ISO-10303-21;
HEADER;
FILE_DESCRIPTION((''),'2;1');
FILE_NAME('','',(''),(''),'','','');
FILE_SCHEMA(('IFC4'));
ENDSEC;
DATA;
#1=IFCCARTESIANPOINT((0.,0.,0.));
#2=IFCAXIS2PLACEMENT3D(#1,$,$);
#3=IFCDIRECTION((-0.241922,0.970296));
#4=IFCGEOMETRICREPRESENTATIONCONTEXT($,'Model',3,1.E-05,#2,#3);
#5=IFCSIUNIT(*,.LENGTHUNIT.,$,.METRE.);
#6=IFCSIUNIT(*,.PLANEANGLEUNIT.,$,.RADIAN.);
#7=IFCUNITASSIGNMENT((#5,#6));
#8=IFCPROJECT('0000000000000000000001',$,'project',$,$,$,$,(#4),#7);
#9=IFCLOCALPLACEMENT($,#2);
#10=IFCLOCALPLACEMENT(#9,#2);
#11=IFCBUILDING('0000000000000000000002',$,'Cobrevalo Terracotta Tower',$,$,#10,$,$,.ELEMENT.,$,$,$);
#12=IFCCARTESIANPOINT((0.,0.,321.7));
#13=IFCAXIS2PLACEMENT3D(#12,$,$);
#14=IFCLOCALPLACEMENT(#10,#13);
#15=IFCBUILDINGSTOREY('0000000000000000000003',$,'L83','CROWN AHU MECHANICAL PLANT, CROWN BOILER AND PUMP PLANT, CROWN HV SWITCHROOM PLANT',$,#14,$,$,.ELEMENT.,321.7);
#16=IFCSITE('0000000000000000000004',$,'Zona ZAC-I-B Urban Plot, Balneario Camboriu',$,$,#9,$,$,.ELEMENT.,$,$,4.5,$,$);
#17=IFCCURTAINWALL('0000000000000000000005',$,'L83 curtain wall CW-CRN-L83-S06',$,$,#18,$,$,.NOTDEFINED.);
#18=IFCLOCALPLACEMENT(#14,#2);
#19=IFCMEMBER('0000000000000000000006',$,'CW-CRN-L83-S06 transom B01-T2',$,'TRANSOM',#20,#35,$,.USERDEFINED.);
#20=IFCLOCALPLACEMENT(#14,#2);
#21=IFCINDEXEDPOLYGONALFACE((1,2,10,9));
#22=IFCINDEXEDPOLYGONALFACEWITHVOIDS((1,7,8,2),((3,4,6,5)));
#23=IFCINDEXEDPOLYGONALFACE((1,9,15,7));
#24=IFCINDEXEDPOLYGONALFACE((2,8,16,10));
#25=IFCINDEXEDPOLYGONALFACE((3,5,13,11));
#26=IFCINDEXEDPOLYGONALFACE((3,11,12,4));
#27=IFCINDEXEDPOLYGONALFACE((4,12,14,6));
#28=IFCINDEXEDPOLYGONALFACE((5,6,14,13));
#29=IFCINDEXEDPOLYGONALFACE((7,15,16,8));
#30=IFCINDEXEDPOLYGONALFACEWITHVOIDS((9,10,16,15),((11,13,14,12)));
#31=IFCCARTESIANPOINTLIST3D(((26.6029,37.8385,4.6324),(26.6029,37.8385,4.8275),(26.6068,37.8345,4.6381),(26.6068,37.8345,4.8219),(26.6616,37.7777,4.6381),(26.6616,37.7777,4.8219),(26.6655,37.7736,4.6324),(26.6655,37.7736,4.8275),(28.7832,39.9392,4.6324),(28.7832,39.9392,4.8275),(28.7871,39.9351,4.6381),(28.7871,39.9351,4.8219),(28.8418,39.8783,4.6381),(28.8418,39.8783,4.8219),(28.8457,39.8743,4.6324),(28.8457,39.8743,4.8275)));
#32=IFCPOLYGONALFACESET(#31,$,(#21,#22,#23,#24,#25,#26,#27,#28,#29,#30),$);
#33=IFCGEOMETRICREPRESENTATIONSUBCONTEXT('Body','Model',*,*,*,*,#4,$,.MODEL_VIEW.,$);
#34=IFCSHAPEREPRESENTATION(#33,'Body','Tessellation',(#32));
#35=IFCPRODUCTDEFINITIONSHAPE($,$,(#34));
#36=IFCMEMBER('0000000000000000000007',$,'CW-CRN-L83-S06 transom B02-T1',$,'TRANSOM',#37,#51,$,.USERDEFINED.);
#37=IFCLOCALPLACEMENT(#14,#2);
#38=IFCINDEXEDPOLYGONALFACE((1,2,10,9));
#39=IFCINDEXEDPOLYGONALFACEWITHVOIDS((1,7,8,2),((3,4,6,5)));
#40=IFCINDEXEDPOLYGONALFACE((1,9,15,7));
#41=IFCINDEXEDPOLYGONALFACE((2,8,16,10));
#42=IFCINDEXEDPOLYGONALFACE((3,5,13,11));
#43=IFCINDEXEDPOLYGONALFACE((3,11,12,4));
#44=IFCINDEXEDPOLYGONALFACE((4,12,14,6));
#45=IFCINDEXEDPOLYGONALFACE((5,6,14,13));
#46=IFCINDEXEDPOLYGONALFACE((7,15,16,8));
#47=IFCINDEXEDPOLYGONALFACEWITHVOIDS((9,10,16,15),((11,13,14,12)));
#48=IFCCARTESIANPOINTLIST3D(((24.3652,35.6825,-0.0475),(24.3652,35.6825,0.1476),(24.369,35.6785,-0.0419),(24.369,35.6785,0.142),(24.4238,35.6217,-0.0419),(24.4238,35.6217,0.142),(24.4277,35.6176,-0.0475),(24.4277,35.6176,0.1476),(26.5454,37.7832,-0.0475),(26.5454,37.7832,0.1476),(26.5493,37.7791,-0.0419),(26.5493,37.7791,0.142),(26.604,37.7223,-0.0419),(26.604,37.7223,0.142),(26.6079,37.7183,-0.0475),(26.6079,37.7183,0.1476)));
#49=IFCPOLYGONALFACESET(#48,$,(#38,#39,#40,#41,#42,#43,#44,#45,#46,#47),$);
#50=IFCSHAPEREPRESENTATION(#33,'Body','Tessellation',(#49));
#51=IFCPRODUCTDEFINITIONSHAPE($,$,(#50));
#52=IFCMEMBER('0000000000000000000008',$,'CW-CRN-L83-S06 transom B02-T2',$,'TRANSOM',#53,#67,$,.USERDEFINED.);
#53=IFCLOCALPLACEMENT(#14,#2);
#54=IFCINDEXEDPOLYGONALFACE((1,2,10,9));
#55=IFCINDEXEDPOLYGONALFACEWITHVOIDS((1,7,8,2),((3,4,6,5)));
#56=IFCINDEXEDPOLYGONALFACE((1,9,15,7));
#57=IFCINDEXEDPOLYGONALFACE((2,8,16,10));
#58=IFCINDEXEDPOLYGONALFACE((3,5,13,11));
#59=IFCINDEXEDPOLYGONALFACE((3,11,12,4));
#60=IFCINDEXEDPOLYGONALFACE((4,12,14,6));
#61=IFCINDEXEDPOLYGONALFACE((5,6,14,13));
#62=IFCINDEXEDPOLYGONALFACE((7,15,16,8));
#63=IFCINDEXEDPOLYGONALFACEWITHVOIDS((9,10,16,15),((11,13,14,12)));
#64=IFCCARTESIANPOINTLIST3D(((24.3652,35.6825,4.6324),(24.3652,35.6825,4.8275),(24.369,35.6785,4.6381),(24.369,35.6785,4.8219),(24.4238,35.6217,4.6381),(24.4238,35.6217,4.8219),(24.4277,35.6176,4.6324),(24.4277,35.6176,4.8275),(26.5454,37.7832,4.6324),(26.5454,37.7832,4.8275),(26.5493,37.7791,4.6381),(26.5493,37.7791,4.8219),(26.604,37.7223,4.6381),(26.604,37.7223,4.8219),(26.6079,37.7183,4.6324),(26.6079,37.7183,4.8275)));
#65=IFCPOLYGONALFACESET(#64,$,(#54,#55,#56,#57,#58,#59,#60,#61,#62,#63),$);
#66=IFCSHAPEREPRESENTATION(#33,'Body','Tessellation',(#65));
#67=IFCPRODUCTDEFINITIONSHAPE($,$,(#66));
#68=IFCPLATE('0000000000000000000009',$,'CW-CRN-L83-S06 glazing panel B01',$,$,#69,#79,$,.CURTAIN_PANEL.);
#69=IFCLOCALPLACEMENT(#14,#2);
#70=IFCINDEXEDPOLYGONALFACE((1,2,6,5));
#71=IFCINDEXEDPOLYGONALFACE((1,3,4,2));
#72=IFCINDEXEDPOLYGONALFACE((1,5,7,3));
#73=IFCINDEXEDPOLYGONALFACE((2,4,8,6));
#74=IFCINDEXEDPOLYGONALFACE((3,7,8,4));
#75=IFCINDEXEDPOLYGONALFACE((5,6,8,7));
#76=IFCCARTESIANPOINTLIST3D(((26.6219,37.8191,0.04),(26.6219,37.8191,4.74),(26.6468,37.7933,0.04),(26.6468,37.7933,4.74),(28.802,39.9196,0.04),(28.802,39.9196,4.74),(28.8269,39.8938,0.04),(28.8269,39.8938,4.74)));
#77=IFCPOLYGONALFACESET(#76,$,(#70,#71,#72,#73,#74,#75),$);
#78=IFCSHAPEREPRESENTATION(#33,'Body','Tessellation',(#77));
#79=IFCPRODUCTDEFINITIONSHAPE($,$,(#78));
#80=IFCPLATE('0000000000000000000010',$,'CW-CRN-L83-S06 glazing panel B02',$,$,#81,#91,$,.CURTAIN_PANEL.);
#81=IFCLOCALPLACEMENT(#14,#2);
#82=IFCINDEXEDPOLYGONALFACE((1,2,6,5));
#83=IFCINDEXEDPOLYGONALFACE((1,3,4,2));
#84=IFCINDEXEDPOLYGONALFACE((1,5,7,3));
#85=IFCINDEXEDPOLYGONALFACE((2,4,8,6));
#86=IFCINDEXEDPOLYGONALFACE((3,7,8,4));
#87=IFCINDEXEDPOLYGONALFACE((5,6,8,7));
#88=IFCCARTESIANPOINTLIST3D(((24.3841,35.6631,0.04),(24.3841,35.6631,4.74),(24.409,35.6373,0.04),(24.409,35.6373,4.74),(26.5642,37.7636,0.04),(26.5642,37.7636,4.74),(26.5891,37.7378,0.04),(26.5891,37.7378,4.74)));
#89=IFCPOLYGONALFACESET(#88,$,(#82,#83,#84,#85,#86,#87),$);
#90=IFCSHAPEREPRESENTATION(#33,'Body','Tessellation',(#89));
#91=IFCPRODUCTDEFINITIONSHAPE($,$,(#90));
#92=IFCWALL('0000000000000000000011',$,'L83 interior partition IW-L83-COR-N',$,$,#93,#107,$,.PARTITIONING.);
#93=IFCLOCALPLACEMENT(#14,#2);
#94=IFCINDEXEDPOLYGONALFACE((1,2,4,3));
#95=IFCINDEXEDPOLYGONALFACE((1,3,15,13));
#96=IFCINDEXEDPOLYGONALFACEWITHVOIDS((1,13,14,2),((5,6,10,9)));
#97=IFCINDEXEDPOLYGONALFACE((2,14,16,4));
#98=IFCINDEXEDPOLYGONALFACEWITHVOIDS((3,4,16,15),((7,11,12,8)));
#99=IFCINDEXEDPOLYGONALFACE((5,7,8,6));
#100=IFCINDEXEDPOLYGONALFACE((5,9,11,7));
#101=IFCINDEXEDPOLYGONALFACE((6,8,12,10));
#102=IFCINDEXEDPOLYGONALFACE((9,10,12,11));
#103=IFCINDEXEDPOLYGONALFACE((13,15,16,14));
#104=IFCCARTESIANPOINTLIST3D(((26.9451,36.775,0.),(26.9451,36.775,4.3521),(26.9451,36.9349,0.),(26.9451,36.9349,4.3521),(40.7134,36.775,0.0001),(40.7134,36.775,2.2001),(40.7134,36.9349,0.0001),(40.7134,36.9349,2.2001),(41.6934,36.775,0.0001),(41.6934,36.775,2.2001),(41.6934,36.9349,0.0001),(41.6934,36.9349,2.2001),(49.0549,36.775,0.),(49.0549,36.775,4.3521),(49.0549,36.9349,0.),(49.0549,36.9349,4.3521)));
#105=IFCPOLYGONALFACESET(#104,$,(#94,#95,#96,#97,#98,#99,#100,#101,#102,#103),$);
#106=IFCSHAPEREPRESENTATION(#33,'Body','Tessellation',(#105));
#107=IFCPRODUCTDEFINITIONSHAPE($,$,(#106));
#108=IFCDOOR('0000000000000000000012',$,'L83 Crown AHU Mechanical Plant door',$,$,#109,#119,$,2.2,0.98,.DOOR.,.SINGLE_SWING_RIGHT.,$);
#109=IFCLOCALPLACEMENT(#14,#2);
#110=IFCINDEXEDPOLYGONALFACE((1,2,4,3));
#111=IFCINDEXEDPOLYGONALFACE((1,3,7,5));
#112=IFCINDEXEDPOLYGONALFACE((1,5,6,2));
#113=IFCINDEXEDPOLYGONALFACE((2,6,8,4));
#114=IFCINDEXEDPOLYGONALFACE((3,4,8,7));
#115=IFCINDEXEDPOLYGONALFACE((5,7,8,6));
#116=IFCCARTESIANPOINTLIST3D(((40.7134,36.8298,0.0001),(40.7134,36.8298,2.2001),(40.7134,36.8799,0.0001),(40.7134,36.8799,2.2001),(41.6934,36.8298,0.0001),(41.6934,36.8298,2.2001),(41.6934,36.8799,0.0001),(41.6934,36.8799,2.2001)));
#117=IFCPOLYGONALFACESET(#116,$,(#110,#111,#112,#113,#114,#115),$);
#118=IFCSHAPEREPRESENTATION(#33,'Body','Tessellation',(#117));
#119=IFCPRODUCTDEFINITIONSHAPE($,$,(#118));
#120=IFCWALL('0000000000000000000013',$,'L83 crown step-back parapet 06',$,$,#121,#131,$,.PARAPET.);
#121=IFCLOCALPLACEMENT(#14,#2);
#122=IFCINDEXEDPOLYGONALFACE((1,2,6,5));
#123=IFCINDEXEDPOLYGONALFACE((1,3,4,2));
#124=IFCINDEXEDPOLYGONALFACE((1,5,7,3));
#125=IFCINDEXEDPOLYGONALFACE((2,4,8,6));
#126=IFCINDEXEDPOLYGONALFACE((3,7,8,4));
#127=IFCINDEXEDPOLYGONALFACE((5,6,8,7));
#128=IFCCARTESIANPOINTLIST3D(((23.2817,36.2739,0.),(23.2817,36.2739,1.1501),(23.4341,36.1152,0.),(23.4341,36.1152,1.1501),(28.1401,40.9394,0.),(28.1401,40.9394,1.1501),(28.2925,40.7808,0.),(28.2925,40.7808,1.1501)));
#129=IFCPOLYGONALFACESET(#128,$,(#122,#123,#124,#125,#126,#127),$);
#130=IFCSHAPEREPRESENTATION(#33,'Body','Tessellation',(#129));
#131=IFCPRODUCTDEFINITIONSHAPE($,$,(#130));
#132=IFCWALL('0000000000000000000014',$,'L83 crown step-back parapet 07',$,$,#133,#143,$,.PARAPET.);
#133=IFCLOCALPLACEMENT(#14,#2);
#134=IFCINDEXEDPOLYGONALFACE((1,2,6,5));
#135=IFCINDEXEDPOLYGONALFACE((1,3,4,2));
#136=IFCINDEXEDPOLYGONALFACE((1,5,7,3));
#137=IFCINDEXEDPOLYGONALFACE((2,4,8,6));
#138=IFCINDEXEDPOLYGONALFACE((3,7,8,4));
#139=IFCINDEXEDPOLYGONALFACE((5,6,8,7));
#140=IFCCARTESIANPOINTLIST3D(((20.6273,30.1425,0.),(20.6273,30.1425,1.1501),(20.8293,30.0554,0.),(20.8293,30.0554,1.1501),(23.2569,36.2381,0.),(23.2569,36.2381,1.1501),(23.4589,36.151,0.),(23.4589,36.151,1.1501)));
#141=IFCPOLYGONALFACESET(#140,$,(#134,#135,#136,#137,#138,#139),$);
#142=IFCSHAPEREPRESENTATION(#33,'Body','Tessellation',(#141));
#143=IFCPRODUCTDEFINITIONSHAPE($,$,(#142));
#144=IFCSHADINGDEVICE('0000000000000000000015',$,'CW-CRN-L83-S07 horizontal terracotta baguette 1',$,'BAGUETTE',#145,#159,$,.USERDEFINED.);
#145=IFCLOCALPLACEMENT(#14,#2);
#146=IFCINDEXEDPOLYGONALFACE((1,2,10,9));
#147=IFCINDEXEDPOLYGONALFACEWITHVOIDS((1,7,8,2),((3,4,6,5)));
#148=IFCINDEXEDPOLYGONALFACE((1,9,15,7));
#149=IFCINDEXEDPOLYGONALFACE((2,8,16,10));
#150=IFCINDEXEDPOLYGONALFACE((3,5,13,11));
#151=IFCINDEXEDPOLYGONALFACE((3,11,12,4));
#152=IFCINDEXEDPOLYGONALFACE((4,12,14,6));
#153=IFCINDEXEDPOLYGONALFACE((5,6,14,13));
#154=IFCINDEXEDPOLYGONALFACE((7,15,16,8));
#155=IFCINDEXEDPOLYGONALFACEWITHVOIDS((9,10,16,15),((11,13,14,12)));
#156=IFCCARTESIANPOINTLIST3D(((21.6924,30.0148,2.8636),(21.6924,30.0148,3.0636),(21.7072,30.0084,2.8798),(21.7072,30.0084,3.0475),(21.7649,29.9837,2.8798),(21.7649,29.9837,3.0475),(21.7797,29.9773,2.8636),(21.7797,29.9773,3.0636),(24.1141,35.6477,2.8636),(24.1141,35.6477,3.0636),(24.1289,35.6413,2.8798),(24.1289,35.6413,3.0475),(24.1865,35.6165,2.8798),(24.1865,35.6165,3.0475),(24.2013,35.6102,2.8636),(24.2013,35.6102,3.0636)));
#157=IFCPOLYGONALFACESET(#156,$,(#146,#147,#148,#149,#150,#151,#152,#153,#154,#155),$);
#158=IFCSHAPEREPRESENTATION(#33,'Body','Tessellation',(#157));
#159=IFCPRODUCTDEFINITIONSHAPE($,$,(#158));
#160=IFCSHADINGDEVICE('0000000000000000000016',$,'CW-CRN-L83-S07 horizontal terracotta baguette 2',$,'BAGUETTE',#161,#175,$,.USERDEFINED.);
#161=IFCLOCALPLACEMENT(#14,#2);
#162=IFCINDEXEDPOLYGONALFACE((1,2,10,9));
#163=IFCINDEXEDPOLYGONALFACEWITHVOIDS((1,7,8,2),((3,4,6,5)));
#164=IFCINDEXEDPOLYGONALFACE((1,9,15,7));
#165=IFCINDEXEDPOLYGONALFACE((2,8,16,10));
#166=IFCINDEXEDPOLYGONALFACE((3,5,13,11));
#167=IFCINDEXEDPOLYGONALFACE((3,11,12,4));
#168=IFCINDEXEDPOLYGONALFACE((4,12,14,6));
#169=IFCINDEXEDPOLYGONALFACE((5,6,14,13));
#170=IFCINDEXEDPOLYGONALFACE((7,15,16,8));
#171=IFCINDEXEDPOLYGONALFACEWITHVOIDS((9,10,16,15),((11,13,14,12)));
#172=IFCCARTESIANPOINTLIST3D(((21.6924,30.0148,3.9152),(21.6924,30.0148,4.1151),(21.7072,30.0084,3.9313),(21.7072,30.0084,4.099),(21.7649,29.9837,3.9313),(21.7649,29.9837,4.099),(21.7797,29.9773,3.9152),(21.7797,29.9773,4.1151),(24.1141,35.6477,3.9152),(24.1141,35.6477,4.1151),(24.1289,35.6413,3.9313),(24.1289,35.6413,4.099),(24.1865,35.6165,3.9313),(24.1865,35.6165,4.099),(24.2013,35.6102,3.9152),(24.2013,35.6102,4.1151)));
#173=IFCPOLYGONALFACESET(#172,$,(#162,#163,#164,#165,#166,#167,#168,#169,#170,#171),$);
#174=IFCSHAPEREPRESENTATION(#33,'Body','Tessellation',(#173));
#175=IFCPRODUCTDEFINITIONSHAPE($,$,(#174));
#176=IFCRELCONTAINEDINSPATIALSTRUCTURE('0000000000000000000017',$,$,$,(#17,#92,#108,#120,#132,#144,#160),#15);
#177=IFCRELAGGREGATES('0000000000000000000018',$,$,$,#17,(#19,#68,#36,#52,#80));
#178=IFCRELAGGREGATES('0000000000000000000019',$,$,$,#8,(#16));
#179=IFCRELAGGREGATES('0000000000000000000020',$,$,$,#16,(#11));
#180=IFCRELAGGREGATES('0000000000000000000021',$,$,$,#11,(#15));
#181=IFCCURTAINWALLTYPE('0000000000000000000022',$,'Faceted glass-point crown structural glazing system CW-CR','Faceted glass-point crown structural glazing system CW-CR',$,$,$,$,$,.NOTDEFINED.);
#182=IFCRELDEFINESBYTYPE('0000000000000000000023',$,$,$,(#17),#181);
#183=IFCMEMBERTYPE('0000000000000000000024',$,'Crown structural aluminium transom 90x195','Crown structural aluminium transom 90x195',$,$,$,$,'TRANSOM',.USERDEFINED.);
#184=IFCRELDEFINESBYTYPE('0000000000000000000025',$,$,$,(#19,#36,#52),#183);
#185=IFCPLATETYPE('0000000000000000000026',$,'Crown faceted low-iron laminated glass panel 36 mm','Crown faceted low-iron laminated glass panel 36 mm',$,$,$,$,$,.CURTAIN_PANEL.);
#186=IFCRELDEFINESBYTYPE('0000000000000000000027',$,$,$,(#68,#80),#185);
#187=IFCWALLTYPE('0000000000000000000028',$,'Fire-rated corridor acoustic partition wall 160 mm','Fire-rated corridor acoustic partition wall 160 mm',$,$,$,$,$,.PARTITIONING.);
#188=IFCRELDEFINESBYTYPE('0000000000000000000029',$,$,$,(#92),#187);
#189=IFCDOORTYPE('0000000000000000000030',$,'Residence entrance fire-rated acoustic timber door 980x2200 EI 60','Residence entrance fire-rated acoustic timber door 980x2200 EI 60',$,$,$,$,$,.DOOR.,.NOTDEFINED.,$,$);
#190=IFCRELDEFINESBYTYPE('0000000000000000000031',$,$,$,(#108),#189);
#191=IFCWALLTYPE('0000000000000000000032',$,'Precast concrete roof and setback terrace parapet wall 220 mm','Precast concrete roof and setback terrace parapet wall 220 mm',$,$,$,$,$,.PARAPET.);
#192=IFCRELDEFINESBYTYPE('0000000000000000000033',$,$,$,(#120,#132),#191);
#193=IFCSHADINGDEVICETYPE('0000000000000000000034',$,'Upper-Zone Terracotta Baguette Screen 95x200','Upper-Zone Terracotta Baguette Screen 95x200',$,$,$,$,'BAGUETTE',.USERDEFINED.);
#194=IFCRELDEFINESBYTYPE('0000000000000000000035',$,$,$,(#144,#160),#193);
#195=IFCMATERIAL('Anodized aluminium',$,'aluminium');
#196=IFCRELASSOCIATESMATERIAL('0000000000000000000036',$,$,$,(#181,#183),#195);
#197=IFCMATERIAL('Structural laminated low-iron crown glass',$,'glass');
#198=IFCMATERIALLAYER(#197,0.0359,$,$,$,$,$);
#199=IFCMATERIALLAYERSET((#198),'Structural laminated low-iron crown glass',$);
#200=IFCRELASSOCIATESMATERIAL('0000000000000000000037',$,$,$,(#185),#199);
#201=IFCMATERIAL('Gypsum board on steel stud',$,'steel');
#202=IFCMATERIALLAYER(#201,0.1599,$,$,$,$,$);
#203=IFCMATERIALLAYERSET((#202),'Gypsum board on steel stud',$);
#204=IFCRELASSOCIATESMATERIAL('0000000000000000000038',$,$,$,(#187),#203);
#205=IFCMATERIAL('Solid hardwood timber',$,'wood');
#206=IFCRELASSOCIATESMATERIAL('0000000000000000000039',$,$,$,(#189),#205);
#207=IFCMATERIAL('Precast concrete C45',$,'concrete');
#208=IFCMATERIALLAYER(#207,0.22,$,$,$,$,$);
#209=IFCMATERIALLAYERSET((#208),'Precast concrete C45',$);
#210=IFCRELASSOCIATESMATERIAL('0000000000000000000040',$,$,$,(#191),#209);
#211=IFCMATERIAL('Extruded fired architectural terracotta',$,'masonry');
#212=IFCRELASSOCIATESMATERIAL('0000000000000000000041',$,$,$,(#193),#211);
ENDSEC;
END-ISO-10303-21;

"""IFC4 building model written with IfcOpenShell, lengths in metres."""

from ifc_helpers import new_model, si_unit, direction, frame, frame_2d, origin, origin_2d, place, context, subcontext, project, spatial, rectangle, hollow_rectangle, extrude, source, transform, mapped, material, layer, layer_set, material_profile, profile_set, type_object, element, fill, aggregate, save


model = new_model("IFC4")

# Units and contexts
model_context = context("Model", 3, precision=1e-05, world=origin(), true_north=direction((-0.241922, 0.970296)))
body_context = subcontext(model_context, "Body", "Model", "MODEL_VIEW")
ifc_project = project(units=[si_unit("LENGTHUNIT", "METRE"), si_unit("PLANEANGLEUNIT", "RADIAN")], contexts=[model_context])

# Site, building, storey
site_placement = place(None, origin())
site = spatial("IfcSite", under=ifc_project, at=site_placement, Name="Zona ZAC-I-B Urban Plot, Balneario Camboriu", CompositionType="ELEMENT", RefElevation=4.5)
building_placement = place(site_placement, origin())
building = spatial("IfcBuilding", under=site, at=building_placement, Name="Cobrevalo Terracotta Tower", CompositionType="ELEMENT")
storey_placement = place(building_placement, frame((0.0, 0.0, 321.7)))
storey = spatial("IfcBuildingStorey", under=building, at=storey_placement, Name="L83", Description="CROWN AHU MECHANICAL PLANT, CROWN BOILER AND PUMP PLANT, CROWN HV SWITCHROOM PLANT", CompositionType="ELEMENT", Elevation=321.7)

# Shared definitions
ifc_material_1 = material(Name="Anodized aluminium", Category="aluminium")
curtain_wall_type = type_object("IfcCurtainWallType", Name="Faceted glass-point crown structural glazing system CW-CR", Description="Faceted glass-point crown structural glazing system CW-CR", PredefinedType="NOTDEFINED", material=ifc_material_1)

# Curtain wall
curtain_wall_1_placement = place(storey_placement, origin())
curtain_wall_1 = element("IfcCurtainWall", 1, at=curtain_wall_1_placement, inside=storey, type_object=curtain_wall_type, Name="L83 curtain wall CW-CRN-L83-S06", PredefinedType="NOTDEFINED")

# Members
ifc_material_profile_1 = material_profile(ifc_material_1, hollow_rectangle(XDim=0.0901, YDim=0.1951, WallThickness=0.0056, at=origin_2d()), Name="CWT 90x195")
ifc_profile_set_1 = profile_set([ifc_material_profile_1], Name="Anodized aluminium")
member_type_1 = type_object("IfcMemberType", Name="Crown structural aluminium transom 90x195", Description="Crown structural aluminium transom 90x195", ElementType="TRANSOM", PredefinedType="USERDEFINED", material=ifc_profile_set_1)
shared_shape_1 = source(origin(), body_context, "Body", "SweptSolid", [
    extrude(hollow_rectangle(XDim=0.0901, YDim=0.1951, WallThickness=0.0056, at=origin_2d()), origin(), (0.0, 0.0, 1.0), 3.0276),
])
member_1_placement = place(storey_placement, frame((28.8145, 39.9067, 4.73), z_axis=(-0.720129, -0.69384, 0.0), x_axis=(0.69384, -0.720129, 0.0)))
member_1 = element("IfcMember", 2, at=member_1_placement, type_object=member_type_1, Name="CW-CRN-L83-S06 transom B01-T2", ObjectType="TRANSOM", PredefinedType="USERDEFINED", context=body_context, shape_type="MappedRepresentation", body=[
    mapped(shared_shape_1, transform((0.0, 0.0, 0.0), scale=1.0)),
])
member_2_placement = place(storey_placement, frame((26.5767, 37.7507, 0.05), z_axis=(-0.720129, -0.69384, 0.0), x_axis=(0.69384, -0.720129, 0.0)))
member_2 = element("IfcMember", 3, at=member_2_placement, type_object=member_type_1, Name="CW-CRN-L83-S06 transom B02-T1", ObjectType="TRANSOM", PredefinedType="USERDEFINED", context=body_context, shape_type="MappedRepresentation", body=[
    mapped(shared_shape_1, transform((0.0, 0.0, 0.0), scale=1.0)),
])
member_3_placement = place(storey_placement, frame((26.5767, 37.7507, 4.73), z_axis=(-0.720129, -0.69384, 0.0), x_axis=(0.69384, -0.720129, 0.0)))
member_3 = element("IfcMember", 4, at=member_3_placement, type_object=member_type_1, Name="CW-CRN-L83-S06 transom B02-T2", ObjectType="TRANSOM", PredefinedType="USERDEFINED", context=body_context, shape_type="MappedRepresentation", body=[
    mapped(shared_shape_1, transform((0.0, 0.0, 0.0), scale=1.0)),
])

# Plates
ifc_material_2 = material(Name="Structural laminated low-iron crown glass", Category="glass")
ifc_layer_1 = layer(ifc_material_2, 0.0359)
ifc_layer_set_1 = layer_set([ifc_layer_1], Name="Structural laminated low-iron crown glass")
plate_type = type_object("IfcPlateType", Name="Crown faceted low-iron laminated glass panel 36 mm", Description="Crown faceted low-iron laminated glass panel 36 mm", PredefinedType="CURTAIN_PANEL", material=ifc_layer_set_1)
shared_shape_2 = source(origin(), body_context, "Body", "SweptSolid", [
    extrude(rectangle(XDim=3.0273, YDim=0.0359, at=origin_2d()), origin(), (0.0, 0.0, 1.0), 4.7),
])
plate_1_placement = place(storey_placement, frame((27.7244, 38.8564, 0.04), z_axis=(0.0, 0.0, 1.0), x_axis=(-0.720133, -0.693836, 0.0)))
plate_1 = element("IfcPlate", 5, at=plate_1_placement, type_object=plate_type, Name="CW-CRN-L83-S06 glazing panel B01", PredefinedType="CURTAIN_PANEL", context=body_context, shape_type="MappedRepresentation", body=[
    mapped(shared_shape_2, transform((0.0, 0.0, 0.0), scale=1.0)),
])
plate_2_placement = place(storey_placement, frame((25.4866, 36.7004, 0.04), z_axis=(0.0, 0.0, 1.0), x_axis=(-0.720133, -0.693836, 0.0)))
plate_2 = element("IfcPlate", 6, at=plate_2_placement, type_object=plate_type, Name="CW-CRN-L83-S06 glazing panel B02", PredefinedType="CURTAIN_PANEL", context=body_context, shape_type="MappedRepresentation", body=[
    mapped(shared_shape_2, transform((0.0, 0.0, 0.0), scale=1.0)),
])
aggregate(curtain_wall_1, [member_1, plate_1, member_2, member_3, plate_2])

# Wall, opening, door
ifc_material_3 = material(Name="Gypsum board on steel stud", Category="steel")
ifc_layer_2 = layer(ifc_material_3, 0.1599)
ifc_layer_set_2 = layer_set([ifc_layer_2], Name="Gypsum board on steel stud")
wall_type_1 = type_object("IfcWallType", Name="Fire-rated corridor acoustic partition wall 160 mm", Description="Fire-rated corridor acoustic partition wall 160 mm", PredefinedType="PARTITIONING", material=ifc_layer_set_2)
wall_1_placement = place(storey_placement, frame((26.9451, 36.855, 0.0), z_axis=(0.0, 0.0, 1.0), x_axis=(1.0, 0.0, 0.0)))
wall_1 = element("IfcWall", 7, at=wall_1_placement, inside=storey, type_object=wall_type_1, Name="L83 interior partition IW-L83-COR-N", PredefinedType="PARTITIONING", context=body_context, shape_type="SweptSolid", body=[
    extrude(rectangle(XDim=22.1099, YDim=0.1599, at=frame_2d((11.0549, 0.0))), origin(), (0.0, 0.0, 1.0), 4.3521),
])
opening_placement = place(wall_1_placement, frame((13.7683, 0.0, 0.0)))
opening = element("IfcOpeningElement", 8, at=opening_placement, cuts=wall_1, PredefinedType="OPENING", context=body_context, shape_type="SweptSolid", body=[
    extrude(rectangle(XDim=0.98, YDim=2.2, at=frame_2d((0.49, 1.1001))), frame((0.0, 0.0898, 0.0), z_axis=(0.0, -1.0, 0.0), x_axis=(1.0, 0.0, 0.0)), (0.0, 0.0, 1.0), 0.1799),
])
ifc_material_4 = material(Name="Solid hardwood timber", Category="wood")
door_type = type_object("IfcDoorType", Name="Residence entrance fire-rated acoustic timber door 980x2200 EI 60", Description="Residence entrance fire-rated acoustic timber door 980x2200 EI 60", OperationType="NOTDEFINED", PredefinedType="DOOR", material=ifc_material_4)
shared_shape_3 = source(origin(), body_context, "Body", "SweptSolid", [
    extrude(rectangle(XDim=0.98, YDim=2.2, at=frame_2d((0.49, 1.1001))), frame((0.0, 0.0249, 0.0), z_axis=(0.0, -1.0, 0.0), x_axis=(1.0, 0.0, 0.0)), (0.0, 0.0, 1.0), 0.05),
])
door_placement = place(opening_placement, origin())
door = element("IfcDoor", 9, at=door_placement, inside=storey, type_object=door_type, Name="L83 Crown AHU Mechanical Plant door", OperationType="SINGLE_SWING_RIGHT", OverallHeight=2.2, OverallWidth=0.98, PredefinedType="DOOR", context=body_context, shape_type="MappedRepresentation", body=[
    mapped(shared_shape_3, transform((0.0, 0.0, 0.0), scale=1.0)),
])
fill(opening, door)

# Walls
ifc_material_5 = material(Name="Precast concrete C45", Category="concrete")
ifc_layer_3 = layer(ifc_material_5, 0.22)
ifc_layer_set_3 = layer_set([ifc_layer_3], Name="Precast concrete C45")
wall_type_2 = type_object("IfcWallType", Name="Precast concrete roof and setback terrace parapet wall 220 mm", Description="Precast concrete roof and setback terrace parapet wall 220 mm", PredefinedType="PARAPET", material=ifc_layer_set_3)
wall_2_placement = place(storey_placement, frame((28.2163, 40.8601, 0.0), z_axis=(0.0, 0.0, 1.0), x_axis=(-0.721279, -0.692645, 0.0)))
element("IfcWall", 10, at=wall_2_placement, inside=storey, type_object=wall_type_2, Name="L83 crown step-back parapet 06", PredefinedType="PARAPET", context=body_context, shape_type="SweptSolid", body=[
    extrude(rectangle(XDim=6.7358, YDim=0.22, at=frame_2d((3.3679, 0.0))), origin(), (0.0, 0.0, 1.0), 1.1501),
])
wall_3_placement = place(storey_placement, frame((23.3579, 36.1946, 0.0), z_axis=(0.0, 0.0, 1.0), x_axis=(-0.396106, -0.918205, 0.0)))
element("IfcWall", 11, at=wall_3_placement, inside=storey, type_object=wall_type_2, Name="L83 crown step-back parapet 07", PredefinedType="PARAPET", context=body_context, shape_type="SweptSolid", body=[
    extrude(rectangle(XDim=6.6387, YDim=0.22, at=frame_2d((3.3193, 0.0))), origin(), (0.0, 0.0, 1.0), 1.1501),
])

# Shading devices
ifc_material_6 = material(Name="Extruded fired architectural terracotta", Category="masonry")
ifc_material_profile_2 = material_profile(ifc_material_6, hollow_rectangle(XDim=0.095, YDim=0.2, WallThickness=0.0161, at=origin_2d()), Name="BAGUETTE 95x200")
ifc_profile_set_2 = profile_set([ifc_material_profile_2], Name="Extruded fired architectural terracotta")
shading_device_type = type_object("IfcShadingDeviceType", Name="Upper-Zone Terracotta Baguette Screen 95x200", Description="Upper-Zone Terracotta Baguette Screen 95x200", ElementType="BAGUETTE", PredefinedType="USERDEFINED", material=ifc_profile_set_2)
shared_shape_4 = source(origin(), body_context, "Body", "SweptSolid", [
    extrude(hollow_rectangle(XDim=0.095, YDim=0.2, WallThickness=0.0161, at=origin_2d()), origin(), (0.0, 0.0, 1.0), 6.1313),
])
for number, where, z_axis, x_axis, name in (
    (12, (24.1577, 35.6289, 2.9636), (-0.394962, -0.918698, 0.0), (0.918698, -0.394962, 0.0), "CW-CRN-L83-S07 horizontal terracotta baguette 1"),
    (13, (24.1577, 35.6289, 4.0151), (-0.394962, -0.918698, 0.0), (0.918698, -0.394962, 0.0), "CW-CRN-L83-S07 horizontal terracotta baguette 2"),
):
    element("IfcShadingDevice", number, at=place(storey_placement, frame(where, z_axis=z_axis, x_axis=x_axis)), inside=storey, type_object=shading_device_type, Name=name, ObjectType="BAGUETTE", PredefinedType="USERDEFINED", context=body_context, shape_type="MappedRepresentation", body=[
        mapped(shared_shape_4, transform((0.0, 0.0, 0.0), scale=1.0)),
    ])

save(model, "model.ifc")
